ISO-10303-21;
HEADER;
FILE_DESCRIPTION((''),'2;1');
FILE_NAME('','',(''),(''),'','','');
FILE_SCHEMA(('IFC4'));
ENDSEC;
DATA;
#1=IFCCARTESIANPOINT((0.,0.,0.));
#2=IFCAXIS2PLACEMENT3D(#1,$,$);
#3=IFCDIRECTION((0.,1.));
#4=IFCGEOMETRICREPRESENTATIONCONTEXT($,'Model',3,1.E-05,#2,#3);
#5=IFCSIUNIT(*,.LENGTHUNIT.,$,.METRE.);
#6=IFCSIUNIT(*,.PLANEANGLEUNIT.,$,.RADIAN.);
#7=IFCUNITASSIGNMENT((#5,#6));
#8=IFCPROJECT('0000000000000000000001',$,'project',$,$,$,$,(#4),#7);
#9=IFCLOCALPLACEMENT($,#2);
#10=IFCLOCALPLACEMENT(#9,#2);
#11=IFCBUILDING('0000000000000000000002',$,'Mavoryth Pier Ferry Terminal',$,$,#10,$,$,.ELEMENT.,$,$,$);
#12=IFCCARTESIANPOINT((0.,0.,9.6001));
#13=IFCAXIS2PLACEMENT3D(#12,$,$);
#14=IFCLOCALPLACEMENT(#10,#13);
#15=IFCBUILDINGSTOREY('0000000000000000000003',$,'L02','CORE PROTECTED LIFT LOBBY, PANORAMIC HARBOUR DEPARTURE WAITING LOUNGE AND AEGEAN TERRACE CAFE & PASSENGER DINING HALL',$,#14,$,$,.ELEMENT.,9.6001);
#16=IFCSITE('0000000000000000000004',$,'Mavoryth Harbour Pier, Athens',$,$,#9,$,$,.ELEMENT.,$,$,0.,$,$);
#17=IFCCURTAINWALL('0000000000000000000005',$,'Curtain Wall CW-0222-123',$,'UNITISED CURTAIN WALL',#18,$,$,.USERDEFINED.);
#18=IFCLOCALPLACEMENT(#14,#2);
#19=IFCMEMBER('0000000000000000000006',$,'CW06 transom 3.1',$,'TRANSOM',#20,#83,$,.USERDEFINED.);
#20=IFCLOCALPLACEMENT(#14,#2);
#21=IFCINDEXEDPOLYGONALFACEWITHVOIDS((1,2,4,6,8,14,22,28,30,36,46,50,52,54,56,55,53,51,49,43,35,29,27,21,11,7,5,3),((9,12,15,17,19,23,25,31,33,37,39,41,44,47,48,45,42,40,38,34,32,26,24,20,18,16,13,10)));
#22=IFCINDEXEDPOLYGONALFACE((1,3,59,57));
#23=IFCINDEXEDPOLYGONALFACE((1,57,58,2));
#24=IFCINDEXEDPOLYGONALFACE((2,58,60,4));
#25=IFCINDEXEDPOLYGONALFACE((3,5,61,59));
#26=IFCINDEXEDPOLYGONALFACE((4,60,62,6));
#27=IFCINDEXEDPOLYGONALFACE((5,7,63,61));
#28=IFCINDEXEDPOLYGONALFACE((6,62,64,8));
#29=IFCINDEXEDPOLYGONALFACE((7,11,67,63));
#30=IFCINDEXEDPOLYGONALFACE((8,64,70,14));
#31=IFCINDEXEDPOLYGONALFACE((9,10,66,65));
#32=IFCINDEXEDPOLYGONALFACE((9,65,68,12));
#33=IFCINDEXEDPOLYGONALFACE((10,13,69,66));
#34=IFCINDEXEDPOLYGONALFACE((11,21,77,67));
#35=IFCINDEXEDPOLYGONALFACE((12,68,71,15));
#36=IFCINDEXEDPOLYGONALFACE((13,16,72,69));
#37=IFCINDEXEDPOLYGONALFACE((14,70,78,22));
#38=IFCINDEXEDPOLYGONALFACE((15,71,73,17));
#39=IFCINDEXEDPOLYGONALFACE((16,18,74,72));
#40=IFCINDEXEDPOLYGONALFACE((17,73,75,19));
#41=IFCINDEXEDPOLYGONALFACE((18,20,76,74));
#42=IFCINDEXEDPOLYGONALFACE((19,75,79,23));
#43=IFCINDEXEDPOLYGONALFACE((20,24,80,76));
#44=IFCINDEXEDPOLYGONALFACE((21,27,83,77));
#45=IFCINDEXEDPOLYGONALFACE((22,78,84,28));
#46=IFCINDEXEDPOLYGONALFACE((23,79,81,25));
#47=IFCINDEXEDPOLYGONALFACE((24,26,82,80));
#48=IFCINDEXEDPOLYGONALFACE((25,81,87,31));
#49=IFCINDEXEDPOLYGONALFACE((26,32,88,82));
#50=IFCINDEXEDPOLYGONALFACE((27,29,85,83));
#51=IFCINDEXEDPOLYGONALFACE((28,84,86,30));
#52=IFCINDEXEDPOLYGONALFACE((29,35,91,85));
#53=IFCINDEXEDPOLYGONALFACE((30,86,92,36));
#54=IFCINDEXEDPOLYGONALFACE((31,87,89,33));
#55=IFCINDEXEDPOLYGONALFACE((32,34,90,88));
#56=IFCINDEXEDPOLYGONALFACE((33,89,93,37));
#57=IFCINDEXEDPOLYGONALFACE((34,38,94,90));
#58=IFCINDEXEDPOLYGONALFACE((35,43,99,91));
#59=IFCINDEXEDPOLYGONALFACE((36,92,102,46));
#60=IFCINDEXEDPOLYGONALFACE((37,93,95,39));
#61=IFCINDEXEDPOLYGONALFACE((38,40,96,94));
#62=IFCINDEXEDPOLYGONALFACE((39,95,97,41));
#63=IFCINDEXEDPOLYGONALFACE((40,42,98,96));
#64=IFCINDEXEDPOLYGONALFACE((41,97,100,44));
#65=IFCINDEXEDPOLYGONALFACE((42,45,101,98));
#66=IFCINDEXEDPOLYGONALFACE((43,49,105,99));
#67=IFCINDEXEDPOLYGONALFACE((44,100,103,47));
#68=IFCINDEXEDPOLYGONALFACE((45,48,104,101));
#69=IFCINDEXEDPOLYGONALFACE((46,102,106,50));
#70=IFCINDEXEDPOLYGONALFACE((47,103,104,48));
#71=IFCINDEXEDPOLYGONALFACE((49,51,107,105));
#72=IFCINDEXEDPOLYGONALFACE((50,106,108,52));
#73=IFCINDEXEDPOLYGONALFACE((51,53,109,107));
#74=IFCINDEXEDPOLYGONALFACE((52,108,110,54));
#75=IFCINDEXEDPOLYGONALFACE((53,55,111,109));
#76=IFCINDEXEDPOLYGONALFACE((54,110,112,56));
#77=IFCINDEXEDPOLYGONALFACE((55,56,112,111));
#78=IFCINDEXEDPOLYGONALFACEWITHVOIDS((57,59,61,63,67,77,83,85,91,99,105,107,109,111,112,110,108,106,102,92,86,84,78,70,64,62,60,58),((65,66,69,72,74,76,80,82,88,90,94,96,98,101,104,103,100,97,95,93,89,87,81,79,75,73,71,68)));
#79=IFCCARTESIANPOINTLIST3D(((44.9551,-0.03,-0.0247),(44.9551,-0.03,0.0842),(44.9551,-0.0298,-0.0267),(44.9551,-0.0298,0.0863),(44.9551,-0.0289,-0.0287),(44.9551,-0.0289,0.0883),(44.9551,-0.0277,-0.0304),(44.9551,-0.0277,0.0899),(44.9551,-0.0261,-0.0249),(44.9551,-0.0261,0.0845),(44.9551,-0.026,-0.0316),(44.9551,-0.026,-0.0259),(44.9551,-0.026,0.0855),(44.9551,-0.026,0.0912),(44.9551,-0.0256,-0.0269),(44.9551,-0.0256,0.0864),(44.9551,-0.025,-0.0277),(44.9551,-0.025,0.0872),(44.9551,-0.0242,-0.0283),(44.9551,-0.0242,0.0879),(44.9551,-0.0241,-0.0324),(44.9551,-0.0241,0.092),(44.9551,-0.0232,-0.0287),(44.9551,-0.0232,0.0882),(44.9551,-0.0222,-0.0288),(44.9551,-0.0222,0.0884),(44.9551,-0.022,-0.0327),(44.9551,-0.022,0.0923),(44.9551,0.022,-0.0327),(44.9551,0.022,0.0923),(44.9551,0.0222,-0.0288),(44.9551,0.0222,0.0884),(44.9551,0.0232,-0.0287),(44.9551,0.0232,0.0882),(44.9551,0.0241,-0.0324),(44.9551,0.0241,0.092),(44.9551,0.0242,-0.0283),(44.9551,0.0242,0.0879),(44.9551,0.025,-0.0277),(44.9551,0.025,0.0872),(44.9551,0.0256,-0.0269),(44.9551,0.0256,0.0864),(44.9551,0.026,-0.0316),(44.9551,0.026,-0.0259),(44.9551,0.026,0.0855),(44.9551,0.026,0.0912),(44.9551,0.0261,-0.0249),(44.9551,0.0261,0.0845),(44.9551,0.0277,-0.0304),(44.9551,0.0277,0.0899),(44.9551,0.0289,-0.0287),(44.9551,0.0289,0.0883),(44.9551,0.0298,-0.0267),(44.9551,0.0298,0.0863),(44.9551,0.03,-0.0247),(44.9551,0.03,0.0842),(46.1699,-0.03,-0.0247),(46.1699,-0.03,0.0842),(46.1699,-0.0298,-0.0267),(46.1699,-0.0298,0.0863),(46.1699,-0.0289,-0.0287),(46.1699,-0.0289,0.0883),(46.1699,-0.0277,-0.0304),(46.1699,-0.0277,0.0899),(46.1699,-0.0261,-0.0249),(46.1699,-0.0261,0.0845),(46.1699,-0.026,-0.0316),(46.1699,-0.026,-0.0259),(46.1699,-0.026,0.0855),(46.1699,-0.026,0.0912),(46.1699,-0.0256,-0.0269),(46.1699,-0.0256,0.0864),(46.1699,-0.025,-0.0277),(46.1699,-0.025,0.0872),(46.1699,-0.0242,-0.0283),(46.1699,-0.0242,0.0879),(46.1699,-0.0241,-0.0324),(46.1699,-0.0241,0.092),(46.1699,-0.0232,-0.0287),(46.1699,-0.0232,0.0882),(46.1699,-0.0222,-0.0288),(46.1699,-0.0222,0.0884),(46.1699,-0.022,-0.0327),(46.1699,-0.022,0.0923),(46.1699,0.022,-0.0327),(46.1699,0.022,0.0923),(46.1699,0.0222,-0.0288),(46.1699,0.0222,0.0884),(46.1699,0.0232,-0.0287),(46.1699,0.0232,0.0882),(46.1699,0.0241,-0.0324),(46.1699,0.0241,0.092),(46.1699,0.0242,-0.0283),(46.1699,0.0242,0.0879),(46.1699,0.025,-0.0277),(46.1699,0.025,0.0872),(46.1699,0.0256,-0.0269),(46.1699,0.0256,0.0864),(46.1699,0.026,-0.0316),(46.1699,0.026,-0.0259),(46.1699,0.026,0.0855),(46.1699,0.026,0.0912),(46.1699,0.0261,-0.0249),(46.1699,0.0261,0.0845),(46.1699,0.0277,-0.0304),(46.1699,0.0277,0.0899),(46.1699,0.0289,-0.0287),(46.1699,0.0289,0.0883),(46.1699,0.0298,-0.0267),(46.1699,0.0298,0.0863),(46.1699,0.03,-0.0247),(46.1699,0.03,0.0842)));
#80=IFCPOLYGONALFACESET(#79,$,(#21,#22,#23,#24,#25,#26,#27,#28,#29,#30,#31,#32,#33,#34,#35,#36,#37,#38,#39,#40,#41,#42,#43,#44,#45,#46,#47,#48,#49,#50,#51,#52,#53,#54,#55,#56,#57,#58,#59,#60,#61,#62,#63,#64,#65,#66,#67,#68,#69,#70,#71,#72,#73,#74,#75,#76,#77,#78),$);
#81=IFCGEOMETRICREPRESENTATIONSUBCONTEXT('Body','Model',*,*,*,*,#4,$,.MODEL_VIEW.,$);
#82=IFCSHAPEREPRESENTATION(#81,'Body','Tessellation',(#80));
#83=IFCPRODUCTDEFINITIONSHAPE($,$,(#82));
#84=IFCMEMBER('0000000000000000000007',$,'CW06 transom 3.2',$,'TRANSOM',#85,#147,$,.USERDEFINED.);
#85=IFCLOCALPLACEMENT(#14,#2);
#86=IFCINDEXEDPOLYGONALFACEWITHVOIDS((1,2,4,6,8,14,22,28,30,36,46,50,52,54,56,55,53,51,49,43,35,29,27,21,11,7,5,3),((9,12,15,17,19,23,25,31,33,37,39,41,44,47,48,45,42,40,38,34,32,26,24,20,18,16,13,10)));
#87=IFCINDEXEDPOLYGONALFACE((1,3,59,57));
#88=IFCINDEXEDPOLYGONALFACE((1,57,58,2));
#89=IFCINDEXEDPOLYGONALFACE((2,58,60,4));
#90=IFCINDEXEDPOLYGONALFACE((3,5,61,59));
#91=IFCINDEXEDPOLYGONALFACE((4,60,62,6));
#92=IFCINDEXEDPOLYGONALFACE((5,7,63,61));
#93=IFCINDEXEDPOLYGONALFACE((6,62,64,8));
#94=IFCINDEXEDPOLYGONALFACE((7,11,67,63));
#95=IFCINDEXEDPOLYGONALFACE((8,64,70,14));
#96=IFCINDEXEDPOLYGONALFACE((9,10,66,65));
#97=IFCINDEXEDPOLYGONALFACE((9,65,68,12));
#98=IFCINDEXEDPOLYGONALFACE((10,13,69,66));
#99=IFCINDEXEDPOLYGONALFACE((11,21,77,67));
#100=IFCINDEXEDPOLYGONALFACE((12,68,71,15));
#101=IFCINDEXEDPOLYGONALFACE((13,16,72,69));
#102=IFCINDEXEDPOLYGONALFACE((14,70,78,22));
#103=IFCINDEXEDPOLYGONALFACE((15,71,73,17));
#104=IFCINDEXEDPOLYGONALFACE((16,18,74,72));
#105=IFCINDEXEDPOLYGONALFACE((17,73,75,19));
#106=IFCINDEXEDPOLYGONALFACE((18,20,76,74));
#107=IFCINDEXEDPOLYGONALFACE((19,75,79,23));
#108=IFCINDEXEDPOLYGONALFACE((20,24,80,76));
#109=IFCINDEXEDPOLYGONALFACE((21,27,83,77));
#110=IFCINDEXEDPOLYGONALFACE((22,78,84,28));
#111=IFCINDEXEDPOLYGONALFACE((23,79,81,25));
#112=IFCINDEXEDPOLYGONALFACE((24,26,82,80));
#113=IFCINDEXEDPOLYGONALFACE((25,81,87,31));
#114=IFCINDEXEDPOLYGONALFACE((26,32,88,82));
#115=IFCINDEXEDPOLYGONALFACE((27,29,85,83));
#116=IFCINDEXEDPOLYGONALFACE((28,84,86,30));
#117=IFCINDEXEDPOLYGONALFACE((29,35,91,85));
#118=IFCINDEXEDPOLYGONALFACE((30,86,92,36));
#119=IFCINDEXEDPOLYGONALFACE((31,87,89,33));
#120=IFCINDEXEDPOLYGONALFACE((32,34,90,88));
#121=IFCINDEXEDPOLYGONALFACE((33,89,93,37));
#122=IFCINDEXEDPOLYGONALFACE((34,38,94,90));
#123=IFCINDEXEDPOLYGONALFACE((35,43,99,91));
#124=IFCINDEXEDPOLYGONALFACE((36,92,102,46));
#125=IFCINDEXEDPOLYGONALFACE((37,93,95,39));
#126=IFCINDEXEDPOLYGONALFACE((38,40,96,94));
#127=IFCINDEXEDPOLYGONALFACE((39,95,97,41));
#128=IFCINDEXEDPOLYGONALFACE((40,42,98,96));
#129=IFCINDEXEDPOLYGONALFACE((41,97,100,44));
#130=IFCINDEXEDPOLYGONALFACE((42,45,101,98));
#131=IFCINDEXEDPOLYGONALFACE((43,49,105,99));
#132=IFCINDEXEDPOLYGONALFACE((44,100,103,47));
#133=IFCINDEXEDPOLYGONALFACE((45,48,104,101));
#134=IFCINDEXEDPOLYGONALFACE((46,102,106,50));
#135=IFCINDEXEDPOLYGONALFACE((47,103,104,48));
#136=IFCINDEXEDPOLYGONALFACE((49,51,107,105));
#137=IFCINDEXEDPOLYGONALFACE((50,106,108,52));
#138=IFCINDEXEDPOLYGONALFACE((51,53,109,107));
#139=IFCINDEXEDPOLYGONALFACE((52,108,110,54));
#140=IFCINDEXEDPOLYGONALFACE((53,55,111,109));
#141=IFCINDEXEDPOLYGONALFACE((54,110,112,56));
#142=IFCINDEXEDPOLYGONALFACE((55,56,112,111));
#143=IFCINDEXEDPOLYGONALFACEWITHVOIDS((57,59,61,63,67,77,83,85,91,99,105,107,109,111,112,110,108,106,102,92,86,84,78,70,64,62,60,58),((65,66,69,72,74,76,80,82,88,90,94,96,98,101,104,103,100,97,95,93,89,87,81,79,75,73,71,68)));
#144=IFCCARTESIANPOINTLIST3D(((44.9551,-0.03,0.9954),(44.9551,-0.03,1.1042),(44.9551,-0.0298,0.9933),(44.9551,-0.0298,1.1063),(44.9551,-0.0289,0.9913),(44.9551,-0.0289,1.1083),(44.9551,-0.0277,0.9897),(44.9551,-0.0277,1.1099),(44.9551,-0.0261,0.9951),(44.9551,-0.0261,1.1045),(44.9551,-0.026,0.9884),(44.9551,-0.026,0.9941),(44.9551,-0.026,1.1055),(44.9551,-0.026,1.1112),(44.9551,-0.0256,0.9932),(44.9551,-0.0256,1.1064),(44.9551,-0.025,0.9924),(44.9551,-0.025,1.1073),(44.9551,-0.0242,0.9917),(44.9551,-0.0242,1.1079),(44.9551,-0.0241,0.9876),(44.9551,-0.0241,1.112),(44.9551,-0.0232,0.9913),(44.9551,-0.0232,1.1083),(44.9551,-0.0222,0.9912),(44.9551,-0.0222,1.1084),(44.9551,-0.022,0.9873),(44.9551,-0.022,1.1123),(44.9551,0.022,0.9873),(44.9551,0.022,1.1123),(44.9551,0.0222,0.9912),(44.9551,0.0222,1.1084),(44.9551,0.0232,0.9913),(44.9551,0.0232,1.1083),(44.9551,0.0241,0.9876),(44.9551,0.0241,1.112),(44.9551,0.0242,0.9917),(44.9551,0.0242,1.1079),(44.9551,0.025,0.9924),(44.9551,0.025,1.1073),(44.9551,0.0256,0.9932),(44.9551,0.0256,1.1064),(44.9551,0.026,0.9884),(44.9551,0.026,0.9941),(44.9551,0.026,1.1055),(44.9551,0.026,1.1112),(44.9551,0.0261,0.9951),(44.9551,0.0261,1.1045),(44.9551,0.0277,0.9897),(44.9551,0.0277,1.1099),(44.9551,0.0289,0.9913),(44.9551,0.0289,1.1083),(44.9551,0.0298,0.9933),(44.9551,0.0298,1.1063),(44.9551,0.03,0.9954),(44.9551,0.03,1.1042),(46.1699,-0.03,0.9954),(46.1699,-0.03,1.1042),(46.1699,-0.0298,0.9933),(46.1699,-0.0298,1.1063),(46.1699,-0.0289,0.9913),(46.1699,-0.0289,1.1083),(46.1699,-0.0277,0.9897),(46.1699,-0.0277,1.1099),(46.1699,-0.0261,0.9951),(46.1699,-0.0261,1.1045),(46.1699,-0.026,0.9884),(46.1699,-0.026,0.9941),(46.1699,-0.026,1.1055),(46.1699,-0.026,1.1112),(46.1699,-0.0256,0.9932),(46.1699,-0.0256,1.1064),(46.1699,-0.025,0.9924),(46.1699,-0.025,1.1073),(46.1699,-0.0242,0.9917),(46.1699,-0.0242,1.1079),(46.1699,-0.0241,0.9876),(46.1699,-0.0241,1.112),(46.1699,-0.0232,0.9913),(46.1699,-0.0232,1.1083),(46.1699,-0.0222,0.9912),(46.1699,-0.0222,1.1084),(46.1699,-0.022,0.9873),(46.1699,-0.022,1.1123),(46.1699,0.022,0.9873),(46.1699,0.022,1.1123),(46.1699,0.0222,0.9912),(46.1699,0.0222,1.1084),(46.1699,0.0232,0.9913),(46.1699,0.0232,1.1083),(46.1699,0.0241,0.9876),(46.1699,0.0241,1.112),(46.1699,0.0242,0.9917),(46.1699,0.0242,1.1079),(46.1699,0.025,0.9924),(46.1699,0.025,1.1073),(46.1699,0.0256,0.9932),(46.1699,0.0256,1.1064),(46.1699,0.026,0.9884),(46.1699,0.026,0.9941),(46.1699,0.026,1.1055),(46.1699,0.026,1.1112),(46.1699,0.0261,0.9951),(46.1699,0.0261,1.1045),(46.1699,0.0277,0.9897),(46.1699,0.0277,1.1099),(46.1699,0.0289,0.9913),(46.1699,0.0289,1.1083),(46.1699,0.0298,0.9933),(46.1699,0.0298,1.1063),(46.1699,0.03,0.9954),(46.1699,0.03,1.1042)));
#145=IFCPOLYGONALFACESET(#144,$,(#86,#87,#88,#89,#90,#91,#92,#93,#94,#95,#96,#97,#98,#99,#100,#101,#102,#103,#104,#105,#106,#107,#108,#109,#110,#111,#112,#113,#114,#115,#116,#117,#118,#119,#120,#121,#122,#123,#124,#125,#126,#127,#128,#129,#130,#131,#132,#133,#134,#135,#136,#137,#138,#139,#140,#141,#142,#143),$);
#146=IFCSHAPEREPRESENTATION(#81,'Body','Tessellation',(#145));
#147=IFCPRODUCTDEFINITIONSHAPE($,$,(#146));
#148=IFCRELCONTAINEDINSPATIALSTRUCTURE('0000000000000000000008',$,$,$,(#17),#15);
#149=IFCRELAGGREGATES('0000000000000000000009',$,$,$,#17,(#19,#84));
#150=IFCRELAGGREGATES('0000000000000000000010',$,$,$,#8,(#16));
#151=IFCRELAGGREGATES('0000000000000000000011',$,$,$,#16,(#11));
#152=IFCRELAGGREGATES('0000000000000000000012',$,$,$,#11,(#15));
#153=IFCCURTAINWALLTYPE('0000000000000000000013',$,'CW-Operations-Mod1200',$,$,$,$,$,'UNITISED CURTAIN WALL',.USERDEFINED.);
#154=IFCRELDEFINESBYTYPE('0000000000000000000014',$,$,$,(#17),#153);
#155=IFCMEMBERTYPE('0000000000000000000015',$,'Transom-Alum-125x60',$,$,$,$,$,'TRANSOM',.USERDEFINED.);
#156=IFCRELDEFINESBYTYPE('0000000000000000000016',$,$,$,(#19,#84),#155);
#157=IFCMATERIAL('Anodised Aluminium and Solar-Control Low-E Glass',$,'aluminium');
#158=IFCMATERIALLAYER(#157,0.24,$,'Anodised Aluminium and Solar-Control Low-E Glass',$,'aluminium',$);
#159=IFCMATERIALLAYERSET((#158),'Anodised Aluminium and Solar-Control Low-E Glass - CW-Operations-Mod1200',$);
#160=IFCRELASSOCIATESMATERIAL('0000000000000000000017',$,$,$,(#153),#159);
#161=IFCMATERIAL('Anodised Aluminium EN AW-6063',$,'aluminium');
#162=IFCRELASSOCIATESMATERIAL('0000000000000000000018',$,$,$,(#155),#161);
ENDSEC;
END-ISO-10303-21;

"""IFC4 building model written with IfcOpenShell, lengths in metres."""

from ifc_helpers import new_model, si_unit, direction, frame, origin, origin_2d, place, context, subcontext, project, spatial, hollow_rectangle, extrude, material, layer, layer_set, material_profile, profile_set, type_object, element, aggregate, save


model = new_model("IFC4")

# Units and contexts
model_context = context("Model", 3, precision=1e-05, world=origin(), true_north=direction((0.0, 1.0)))
body_context = subcontext(model_context, "Body", "Model", "MODEL_VIEW")
ifc_project = project(units=[si_unit("LENGTHUNIT", "METRE"), si_unit("PLANEANGLEUNIT", "RADIAN")], contexts=[model_context])

# Site, building, storey
site_placement = place(None, origin())
site = spatial("IfcSite", under=ifc_project, at=site_placement, Name="Mavoryth Harbour Pier, Athens", CompositionType="ELEMENT", RefElevation=0.0)
building_placement = place(site_placement, origin())
building = spatial("IfcBuilding", under=site, at=building_placement, Name="Mavoryth Pier Ferry Terminal", CompositionType="ELEMENT")
storey_placement = place(building_placement, frame((0.0, 0.0, 9.6001)))
storey = spatial("IfcBuildingStorey", under=building, at=storey_placement, Name="L02", Description="CORE PROTECTED LIFT LOBBY, PANORAMIC HARBOUR DEPARTURE WAITING LOUNGE AND AEGEAN TERRACE CAFE & PASSENGER DINING HALL", CompositionType="ELEMENT", Elevation=9.6001)

# Curtain wall
ifc_material_1 = material(Name="Anodised Aluminium and Solar-Control Low-E Glass", Category="aluminium")
ifc_layer_1 = layer(ifc_material_1, 0.24, Name="Anodised Aluminium and Solar-Control Low-E Glass", Category="aluminium")
ifc_layer_set_1 = layer_set([ifc_layer_1], Name="Anodised Aluminium and Solar-Control Low-E Glass - CW-Operations-Mod1200")
curtain_wall_type = type_object("IfcCurtainWallType", Name="CW-Operations-Mod1200", ElementType="UNITISED CURTAIN WALL", PredefinedType="USERDEFINED", material=ifc_layer_set_1)
curtain_wall_placement = place(storey_placement, origin())
curtain_wall = element("IfcCurtainWall", 1, at=curtain_wall_placement, inside=storey, type_object=curtain_wall_type, Name="Curtain Wall CW-0222-123", ObjectType="UNITISED CURTAIN WALL", PredefinedType="USERDEFINED")
ifc_material_2 = material(Name="Anodised Aluminium EN AW-6063", Category="aluminium")

# Members
ifc_material_profile_1 = material_profile(ifc_material_2, hollow_rectangle(XDim=0.0601, YDim=0.125, WallThickness=0.0039, InnerFilletRadius=0.0039, OuterFilletRadius=0.0081, at=origin_2d()), Name="AL-TRAN 125x60x4", Category="aluminium")
ifc_profile_set_1 = profile_set([ifc_material_profile_1], Name="Anodised Aluminium EN AW-6063 - AL-TRAN 125x60x4")
member_type_1 = type_object("IfcMemberType", Name="Transom-Alum-125x60", ElementType="TRANSOM", PredefinedType="USERDEFINED", material=ifc_profile_set_1)
member_1_placement = place(storey_placement, frame((44.9551, 0.0, 0.0298), z_axis=(1.0, 0.0, 0.0), x_axis=(0.0, 1.0, 0.0)))
member_1 = element("IfcMember", 2, at=member_1_placement, type_object=member_type_1, Name="CW06 transom 3.1", ObjectType="TRANSOM", PredefinedType="USERDEFINED", context=body_context, shape_type="SweptSolid", body=[
    extrude(hollow_rectangle(XDim=0.0601, YDim=0.125, WallThickness=0.0039, InnerFilletRadius=0.0039, OuterFilletRadius=0.0081, at=origin_2d()), origin(), (0.0, 0.0, 1.0), 1.2148),
])
member_2_placement = place(storey_placement, frame((44.9551, 0.0, 1.0498), z_axis=(1.0, 0.0, 0.0), x_axis=(0.0, 1.0, 0.0)))
member_2 = element("IfcMember", 3, at=member_2_placement, type_object=member_type_1, Name="CW06 transom 3.2", ObjectType="TRANSOM", PredefinedType="USERDEFINED", context=body_context, shape_type="SweptSolid", body=[
    extrude(hollow_rectangle(XDim=0.0601, YDim=0.125, WallThickness=0.0039, InnerFilletRadius=0.0039, OuterFilletRadius=0.0081, at=origin_2d()), origin(), (0.0, 0.0, 1.0), 1.2148),
])

aggregate(curtain_wall, [member_1, member_2])

save(model, "model.ifc")
